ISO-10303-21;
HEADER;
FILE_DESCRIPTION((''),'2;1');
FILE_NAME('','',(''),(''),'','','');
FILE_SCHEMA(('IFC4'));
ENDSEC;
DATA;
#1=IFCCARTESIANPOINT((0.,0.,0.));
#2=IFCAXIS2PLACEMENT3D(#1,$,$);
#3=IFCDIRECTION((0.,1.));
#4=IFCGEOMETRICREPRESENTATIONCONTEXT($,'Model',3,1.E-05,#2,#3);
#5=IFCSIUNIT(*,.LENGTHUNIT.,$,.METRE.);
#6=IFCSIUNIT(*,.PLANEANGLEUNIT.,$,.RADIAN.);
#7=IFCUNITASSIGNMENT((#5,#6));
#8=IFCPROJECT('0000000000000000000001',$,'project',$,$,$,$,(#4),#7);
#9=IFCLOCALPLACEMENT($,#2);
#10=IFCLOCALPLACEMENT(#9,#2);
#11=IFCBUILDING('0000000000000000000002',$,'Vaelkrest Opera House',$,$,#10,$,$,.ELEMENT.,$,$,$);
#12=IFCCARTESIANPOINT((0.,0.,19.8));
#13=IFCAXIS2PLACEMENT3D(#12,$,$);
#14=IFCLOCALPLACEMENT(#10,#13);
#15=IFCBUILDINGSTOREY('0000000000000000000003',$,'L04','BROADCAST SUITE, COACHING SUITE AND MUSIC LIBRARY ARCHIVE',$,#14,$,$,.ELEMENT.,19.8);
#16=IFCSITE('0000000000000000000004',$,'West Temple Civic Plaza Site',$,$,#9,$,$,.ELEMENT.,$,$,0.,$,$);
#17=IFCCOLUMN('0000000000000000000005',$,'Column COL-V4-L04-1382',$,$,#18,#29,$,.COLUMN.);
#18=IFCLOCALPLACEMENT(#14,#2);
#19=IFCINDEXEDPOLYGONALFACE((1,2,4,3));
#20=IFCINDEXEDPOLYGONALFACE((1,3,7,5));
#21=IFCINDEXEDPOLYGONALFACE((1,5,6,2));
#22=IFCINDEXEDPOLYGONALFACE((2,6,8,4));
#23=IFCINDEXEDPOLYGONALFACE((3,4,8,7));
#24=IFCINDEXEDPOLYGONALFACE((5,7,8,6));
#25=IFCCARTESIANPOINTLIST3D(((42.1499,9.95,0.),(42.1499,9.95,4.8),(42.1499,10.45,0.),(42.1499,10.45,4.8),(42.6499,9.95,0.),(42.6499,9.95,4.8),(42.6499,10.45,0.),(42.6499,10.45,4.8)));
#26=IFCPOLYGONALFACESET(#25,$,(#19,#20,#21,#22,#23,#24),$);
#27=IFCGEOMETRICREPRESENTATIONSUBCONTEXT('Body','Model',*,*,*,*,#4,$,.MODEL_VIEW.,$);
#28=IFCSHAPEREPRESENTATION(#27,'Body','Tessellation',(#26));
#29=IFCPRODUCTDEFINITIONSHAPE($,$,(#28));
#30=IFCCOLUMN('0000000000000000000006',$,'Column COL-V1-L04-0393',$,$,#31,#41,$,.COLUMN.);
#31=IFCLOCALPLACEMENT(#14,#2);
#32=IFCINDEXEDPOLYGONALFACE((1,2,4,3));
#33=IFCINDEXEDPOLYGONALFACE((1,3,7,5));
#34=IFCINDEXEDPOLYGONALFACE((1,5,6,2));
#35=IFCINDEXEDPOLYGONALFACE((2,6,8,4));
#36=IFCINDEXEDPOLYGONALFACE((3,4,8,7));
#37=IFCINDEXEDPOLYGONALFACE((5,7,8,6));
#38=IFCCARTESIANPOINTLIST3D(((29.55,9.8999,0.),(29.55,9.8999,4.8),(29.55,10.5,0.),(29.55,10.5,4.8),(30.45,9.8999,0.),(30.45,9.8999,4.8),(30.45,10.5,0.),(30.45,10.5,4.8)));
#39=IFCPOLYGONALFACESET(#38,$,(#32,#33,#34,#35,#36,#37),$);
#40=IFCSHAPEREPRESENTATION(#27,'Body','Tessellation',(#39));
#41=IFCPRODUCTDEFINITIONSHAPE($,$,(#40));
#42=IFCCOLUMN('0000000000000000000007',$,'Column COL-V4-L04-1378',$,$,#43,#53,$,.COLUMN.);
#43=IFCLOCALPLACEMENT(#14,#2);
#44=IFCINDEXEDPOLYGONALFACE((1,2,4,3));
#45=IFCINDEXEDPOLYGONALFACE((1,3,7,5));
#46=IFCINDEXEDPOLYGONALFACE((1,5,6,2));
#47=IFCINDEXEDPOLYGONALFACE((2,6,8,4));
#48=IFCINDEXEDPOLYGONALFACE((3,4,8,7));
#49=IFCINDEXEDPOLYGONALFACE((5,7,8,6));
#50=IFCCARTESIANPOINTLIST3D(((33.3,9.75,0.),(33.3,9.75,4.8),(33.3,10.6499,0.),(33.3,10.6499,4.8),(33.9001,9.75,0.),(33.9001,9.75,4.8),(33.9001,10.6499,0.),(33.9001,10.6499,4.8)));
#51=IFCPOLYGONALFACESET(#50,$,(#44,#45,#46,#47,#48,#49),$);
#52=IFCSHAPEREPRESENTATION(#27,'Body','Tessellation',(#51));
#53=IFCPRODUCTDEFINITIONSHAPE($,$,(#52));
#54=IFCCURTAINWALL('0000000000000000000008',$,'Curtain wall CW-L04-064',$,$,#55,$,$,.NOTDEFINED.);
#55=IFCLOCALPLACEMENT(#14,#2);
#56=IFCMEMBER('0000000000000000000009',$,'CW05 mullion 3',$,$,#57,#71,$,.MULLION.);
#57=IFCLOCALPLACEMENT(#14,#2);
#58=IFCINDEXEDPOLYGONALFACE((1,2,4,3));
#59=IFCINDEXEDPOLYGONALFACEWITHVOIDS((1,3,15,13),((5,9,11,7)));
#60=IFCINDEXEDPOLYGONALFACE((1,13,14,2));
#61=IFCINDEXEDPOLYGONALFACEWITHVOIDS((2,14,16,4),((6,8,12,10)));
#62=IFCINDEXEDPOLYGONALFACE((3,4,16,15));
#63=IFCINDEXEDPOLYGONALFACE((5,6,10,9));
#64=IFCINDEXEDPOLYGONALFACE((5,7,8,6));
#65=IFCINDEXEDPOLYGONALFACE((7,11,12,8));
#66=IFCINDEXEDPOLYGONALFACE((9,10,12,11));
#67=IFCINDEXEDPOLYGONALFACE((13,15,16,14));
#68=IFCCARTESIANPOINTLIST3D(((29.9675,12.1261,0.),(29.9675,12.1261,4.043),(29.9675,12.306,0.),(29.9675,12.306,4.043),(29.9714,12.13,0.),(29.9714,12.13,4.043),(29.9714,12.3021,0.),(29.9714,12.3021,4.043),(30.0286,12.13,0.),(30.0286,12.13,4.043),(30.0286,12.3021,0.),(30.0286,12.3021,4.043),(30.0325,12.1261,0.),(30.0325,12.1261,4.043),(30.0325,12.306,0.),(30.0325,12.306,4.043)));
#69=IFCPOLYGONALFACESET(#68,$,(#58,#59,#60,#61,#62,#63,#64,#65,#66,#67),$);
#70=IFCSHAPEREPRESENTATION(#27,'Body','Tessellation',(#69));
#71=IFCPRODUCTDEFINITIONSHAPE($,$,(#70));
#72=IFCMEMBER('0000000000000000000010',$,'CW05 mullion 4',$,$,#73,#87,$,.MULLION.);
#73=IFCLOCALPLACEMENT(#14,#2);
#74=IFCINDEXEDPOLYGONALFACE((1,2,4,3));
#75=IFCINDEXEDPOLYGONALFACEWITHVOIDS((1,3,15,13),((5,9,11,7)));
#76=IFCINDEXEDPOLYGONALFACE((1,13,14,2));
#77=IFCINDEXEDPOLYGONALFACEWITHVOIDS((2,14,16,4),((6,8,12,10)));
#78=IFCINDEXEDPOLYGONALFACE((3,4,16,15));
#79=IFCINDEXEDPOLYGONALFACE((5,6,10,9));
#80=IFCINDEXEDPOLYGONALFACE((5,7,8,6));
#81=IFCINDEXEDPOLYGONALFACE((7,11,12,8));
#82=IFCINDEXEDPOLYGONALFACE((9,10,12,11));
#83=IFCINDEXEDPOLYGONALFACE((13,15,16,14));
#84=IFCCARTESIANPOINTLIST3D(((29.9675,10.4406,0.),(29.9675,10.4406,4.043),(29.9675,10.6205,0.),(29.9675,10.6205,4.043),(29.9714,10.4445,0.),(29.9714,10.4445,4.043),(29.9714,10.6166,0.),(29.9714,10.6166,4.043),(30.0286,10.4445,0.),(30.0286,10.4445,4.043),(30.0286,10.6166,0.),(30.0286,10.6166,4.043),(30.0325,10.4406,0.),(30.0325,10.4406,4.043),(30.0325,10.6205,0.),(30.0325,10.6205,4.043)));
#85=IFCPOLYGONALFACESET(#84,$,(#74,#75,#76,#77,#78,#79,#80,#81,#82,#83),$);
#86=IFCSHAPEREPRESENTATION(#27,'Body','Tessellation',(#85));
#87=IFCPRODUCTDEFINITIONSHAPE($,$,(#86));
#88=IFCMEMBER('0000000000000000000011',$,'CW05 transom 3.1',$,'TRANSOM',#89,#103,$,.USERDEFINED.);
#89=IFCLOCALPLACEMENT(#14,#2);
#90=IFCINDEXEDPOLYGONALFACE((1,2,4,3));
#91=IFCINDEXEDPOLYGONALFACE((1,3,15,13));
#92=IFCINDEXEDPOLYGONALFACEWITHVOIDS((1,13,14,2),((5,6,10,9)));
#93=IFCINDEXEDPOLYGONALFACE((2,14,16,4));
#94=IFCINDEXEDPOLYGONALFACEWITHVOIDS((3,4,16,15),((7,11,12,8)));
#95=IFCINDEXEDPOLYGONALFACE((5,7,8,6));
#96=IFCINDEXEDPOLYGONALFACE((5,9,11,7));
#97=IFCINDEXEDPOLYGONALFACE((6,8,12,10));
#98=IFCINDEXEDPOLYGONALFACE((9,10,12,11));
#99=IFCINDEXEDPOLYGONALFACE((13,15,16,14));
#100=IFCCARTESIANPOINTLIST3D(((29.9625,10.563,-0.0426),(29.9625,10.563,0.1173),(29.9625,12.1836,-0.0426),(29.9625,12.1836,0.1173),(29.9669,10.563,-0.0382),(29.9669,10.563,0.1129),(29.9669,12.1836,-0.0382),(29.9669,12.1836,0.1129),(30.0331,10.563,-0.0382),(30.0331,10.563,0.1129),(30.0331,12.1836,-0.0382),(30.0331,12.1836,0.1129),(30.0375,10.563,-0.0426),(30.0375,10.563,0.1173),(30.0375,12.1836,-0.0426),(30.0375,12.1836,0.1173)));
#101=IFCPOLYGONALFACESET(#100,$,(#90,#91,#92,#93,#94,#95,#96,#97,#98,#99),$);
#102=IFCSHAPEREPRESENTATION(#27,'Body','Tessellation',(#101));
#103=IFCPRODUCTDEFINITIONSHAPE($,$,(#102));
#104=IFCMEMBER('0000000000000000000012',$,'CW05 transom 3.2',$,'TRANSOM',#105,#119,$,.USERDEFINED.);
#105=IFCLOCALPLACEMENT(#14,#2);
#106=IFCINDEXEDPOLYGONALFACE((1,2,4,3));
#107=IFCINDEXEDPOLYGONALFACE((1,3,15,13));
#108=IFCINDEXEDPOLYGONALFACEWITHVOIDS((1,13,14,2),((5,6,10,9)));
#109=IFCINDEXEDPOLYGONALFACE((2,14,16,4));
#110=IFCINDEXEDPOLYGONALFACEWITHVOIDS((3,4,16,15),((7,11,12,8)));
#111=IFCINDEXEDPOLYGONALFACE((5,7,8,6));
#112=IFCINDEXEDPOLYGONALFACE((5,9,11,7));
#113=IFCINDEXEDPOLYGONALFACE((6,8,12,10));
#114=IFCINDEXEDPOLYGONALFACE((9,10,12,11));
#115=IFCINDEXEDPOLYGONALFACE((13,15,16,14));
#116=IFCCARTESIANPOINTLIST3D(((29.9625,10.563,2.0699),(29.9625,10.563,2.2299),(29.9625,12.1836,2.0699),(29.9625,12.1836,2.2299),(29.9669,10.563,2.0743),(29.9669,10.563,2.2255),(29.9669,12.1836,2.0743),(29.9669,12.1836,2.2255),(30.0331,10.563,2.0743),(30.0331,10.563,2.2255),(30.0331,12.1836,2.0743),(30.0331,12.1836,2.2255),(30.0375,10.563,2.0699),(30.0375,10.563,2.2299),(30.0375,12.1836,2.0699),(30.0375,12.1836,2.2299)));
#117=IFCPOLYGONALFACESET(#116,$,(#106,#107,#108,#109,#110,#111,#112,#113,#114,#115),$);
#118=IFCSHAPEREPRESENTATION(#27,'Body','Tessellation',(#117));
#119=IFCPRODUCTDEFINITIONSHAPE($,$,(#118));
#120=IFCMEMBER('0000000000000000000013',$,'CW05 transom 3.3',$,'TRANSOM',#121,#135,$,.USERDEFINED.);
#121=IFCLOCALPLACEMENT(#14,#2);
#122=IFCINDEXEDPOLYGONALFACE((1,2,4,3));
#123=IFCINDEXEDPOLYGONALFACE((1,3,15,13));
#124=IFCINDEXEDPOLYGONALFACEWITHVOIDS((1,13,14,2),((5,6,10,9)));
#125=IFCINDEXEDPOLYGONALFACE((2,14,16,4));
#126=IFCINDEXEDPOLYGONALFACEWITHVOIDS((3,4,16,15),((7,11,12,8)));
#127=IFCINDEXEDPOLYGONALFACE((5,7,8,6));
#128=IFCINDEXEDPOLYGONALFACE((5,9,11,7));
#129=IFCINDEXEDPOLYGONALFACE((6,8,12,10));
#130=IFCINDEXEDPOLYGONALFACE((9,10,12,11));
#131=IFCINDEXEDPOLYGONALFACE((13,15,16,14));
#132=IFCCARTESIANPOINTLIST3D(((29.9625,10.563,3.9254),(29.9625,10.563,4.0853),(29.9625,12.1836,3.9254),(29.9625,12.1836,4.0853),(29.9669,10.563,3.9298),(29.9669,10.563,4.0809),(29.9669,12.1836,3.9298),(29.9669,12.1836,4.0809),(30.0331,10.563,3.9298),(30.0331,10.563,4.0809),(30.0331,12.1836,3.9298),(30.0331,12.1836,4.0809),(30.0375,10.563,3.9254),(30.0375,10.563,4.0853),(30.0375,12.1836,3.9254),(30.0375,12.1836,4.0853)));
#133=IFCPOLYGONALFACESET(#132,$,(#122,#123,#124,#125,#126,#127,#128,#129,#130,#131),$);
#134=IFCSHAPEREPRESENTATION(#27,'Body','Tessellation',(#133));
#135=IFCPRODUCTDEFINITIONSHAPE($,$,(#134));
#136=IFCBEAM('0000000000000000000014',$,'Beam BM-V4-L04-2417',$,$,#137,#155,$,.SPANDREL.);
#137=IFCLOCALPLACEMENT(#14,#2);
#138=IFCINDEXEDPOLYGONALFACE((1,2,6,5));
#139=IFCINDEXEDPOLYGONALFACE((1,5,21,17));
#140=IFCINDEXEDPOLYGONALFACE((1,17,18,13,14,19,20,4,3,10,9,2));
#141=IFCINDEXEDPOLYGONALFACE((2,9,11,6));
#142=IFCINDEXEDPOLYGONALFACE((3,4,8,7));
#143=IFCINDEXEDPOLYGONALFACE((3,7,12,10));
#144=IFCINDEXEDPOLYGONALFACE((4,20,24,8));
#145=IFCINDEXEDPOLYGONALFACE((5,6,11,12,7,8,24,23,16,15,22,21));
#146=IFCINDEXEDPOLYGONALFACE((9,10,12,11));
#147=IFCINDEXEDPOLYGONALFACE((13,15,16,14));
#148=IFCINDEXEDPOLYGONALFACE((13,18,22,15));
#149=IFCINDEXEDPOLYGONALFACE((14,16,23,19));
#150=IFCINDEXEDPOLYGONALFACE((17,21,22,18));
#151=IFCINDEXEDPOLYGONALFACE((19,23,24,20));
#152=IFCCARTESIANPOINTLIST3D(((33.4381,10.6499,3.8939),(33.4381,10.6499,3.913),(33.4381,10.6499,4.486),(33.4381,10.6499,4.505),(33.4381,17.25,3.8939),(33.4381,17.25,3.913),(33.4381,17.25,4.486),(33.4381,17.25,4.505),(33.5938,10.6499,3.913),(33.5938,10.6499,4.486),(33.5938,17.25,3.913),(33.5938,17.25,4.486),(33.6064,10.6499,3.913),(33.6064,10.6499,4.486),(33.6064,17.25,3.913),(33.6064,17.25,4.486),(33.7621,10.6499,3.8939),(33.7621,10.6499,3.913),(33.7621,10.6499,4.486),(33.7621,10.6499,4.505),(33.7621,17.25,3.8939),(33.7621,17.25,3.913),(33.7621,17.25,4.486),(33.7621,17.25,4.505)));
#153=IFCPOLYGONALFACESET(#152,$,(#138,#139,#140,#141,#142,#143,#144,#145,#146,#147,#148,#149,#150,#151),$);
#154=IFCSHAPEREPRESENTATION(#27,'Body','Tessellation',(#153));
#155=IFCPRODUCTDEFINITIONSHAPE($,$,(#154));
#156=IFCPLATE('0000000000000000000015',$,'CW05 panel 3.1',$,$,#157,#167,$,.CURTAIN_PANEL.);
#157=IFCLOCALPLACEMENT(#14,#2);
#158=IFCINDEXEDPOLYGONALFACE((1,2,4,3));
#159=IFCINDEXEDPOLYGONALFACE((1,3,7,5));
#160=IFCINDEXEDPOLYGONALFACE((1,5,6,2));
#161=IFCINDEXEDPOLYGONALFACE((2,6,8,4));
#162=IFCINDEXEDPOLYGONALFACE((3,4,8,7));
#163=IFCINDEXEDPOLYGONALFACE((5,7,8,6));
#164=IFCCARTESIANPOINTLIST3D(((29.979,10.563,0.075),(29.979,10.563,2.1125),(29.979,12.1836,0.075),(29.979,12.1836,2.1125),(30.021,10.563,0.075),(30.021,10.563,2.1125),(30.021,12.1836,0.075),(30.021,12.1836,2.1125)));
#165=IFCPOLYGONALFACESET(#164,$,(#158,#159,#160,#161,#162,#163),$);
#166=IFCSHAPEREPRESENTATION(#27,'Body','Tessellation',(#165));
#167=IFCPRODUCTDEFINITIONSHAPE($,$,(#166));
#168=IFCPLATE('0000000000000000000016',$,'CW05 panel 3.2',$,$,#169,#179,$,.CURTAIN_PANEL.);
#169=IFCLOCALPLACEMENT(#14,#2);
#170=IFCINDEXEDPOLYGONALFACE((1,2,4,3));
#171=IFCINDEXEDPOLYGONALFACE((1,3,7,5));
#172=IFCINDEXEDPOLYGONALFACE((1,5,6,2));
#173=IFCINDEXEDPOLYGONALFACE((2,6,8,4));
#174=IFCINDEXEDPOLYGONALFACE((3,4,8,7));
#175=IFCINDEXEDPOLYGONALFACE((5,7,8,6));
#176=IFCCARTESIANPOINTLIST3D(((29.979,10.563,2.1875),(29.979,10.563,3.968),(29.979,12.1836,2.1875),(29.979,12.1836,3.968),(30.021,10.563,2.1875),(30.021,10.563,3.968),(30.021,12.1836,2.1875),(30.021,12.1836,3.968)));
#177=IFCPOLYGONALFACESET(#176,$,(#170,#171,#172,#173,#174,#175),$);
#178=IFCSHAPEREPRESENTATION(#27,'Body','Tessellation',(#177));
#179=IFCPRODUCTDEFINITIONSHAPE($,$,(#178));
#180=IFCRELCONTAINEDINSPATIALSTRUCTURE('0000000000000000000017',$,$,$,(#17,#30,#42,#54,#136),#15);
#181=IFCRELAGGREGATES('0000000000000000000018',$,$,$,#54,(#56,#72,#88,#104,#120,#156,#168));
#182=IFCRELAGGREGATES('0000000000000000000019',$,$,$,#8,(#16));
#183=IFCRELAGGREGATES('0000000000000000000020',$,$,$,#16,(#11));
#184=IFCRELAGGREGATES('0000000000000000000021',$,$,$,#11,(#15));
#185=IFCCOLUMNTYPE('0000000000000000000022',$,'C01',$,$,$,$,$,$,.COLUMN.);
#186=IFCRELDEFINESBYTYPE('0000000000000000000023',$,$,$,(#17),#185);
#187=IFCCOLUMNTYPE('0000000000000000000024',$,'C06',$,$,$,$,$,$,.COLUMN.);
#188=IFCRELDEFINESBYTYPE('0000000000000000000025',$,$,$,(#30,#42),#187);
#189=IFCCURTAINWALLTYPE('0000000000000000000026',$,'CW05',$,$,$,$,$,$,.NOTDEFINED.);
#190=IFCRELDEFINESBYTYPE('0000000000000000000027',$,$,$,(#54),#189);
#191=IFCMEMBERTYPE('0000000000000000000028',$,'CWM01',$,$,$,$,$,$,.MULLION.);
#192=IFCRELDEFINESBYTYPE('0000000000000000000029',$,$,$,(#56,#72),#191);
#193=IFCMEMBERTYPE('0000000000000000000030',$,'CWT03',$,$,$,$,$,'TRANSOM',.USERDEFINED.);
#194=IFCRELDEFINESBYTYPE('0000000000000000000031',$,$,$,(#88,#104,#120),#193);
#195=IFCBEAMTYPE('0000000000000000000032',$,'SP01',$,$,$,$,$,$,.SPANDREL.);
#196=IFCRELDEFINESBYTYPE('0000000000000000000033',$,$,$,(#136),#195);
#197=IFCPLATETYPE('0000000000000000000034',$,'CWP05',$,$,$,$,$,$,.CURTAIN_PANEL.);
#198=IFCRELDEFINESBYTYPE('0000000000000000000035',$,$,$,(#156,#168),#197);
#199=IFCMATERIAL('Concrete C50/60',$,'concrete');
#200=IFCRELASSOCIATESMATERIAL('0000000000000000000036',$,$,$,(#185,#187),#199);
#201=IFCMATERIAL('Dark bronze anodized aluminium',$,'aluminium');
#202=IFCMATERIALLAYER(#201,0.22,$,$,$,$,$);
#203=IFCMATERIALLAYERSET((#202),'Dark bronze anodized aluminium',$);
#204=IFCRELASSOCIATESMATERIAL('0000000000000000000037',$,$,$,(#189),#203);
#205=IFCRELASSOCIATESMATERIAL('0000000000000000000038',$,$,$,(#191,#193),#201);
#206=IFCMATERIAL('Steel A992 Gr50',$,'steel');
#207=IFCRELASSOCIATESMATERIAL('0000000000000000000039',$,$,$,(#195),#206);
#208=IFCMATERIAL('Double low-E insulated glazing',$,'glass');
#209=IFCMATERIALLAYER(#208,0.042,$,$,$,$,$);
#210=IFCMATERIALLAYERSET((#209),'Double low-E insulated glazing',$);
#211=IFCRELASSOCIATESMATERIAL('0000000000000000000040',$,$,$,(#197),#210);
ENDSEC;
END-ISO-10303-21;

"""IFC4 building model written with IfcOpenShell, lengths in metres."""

from ifc_helpers import new_model, si_unit, direction, frame, origin, origin_2d, place, context, subcontext, project, spatial, rectangle, hollow_rectangle, i_section, extrude, material, layer, layer_set, material_profile, profile_set, type_object, element, aggregate, save


model = new_model("IFC4")

# Units and contexts
model_context = context("Model", 3, precision=1e-05, world=origin(), true_north=direction((0.0, 1.0)))
body_context = subcontext(model_context, "Body", "Model", "MODEL_VIEW")
ifc_project = project(units=[si_unit("LENGTHUNIT", "METRE"), si_unit("PLANEANGLEUNIT", "RADIAN")], contexts=[model_context])

# Site, building, storey
site_placement = place(None, origin())
site = spatial("IfcSite", under=ifc_project, at=site_placement, Name="West Temple Civic Plaza Site", CompositionType="ELEMENT", RefElevation=0.0)
building_placement = place(site_placement, origin())
building = spatial("IfcBuilding", under=site, at=building_placement, Name="Vaelkrest Opera House", CompositionType="ELEMENT")
storey_placement = place(building_placement, frame((0.0, 0.0, 19.8)))
storey = spatial("IfcBuildingStorey", under=building, at=storey_placement, Name="L04", Description="BROADCAST SUITE, COACHING SUITE AND MUSIC LIBRARY ARCHIVE", CompositionType="ELEMENT", Elevation=19.8)

# Columns
ifc_material_1 = material(Name="Concrete C50/60", Category="concrete")
ifc_material_profile_1 = material_profile(ifc_material_1, rectangle(XDim=0.5, YDim=0.5, at=origin_2d()), Name="RC500X500")
ifc_profile_set_1 = profile_set([ifc_material_profile_1], Name="Concrete C50/60")
column_type_1 = type_object("IfcColumnType", Name="C01", PredefinedType="COLUMN", material=ifc_profile_set_1)
column_placement = place(storey_placement, frame((42.3999, 10.2, 0.0), z_axis=(0.0, 0.0, 1.0), x_axis=(1.0, 0.0, 0.0)))
element("IfcColumn", 1, at=column_placement, inside=storey, type_object=column_type_1, Name="Column COL-V4-L04-1382", PredefinedType="COLUMN", context=body_context, shape_type="SweptSolid", body=[
    extrude(rectangle(XDim=0.5, YDim=0.5, at=origin_2d()), origin(), (0.0, 0.0, 1.0), 4.8),
])
ifc_material_profile_2 = material_profile(ifc_material_1, rectangle(XDim=0.6001, YDim=0.8999, at=origin_2d()), Name="RC600X900")
ifc_profile_set_2 = profile_set([ifc_material_profile_2], Name="Concrete C50/60")
column_type_2 = type_object("IfcColumnType", Name="C06", PredefinedType="COLUMN", material=ifc_profile_set_2)
for number, where, z_axis, x_axis, name in (
    (2, (30.0, 10.2, 0.0), (0.0, 0.0, 1.0), (0.0, 1.0, 0.0), "Column COL-V1-L04-0393"),
    (3, (33.6001, 10.2, 0.0), (0.0, 0.0, 1.0), (1.0, 0.0, 0.0), "Column COL-V4-L04-1378"),
):
    element("IfcColumn", number, at=place(storey_placement, frame(where, z_axis=z_axis, x_axis=x_axis)), inside=storey, type_object=column_type_2, Name=name, PredefinedType="COLUMN", context=body_context, shape_type="SweptSolid", body=[
        extrude(rectangle(XDim=0.6001, YDim=0.8999, at=origin_2d()), origin(), (0.0, 0.0, 1.0), 4.8),
    ])

# Curtain wall, members
ifc_material_2 = material(Name="Dark bronze anodized aluminium", Category="aluminium")
ifc_layer_1 = layer(ifc_material_2, 0.22)
ifc_layer_set_1 = layer_set([ifc_layer_1], Name="Dark bronze anodized aluminium")
curtain_wall_type = type_object("IfcCurtainWallType", Name="CW05", PredefinedType="NOTDEFINED", material=ifc_layer_set_1)
curtain_wall_placement = place(storey_placement, origin())
curtain_wall = element("IfcCurtainWall", 4, at=curtain_wall_placement, inside=storey, type_object=curtain_wall_type, Name="Curtain wall CW-L04-064", PredefinedType="NOTDEFINED")
ifc_material_profile_3 = material_profile(ifc_material_2, hollow_rectangle(XDim=0.0649, YDim=0.1799, WallThickness=0.0039, at=origin_2d()), Name="CWM65X180")
ifc_profile_set_3 = profile_set([ifc_material_profile_3], Name="Dark bronze anodized aluminium")
member_type_1 = type_object("IfcMemberType", Name="CWM01", PredefinedType="MULLION", material=ifc_profile_set_3)
member_1_placement = place(storey_placement, frame((30.0, 12.2161, 0.0), z_axis=(0.0, 0.0, 1.0), x_axis=(1.0, 0.0, 0.0)))
member_1 = element("IfcMember", 5, at=member_1_placement, type_object=member_type_1, Name="CW05 mullion 3", PredefinedType="MULLION", context=body_context, shape_type="SweptSolid", body=[
    extrude(hollow_rectangle(XDim=0.0649, YDim=0.1799, WallThickness=0.0039, at=origin_2d()), origin(), (0.0, 0.0, 1.0), 4.043),
])
member_2_placement = place(storey_placement, frame((30.0, 10.5305, 0.0), z_axis=(0.0, 0.0, 1.0), x_axis=(1.0, 0.0, 0.0)))
member_2 = element("IfcMember", 6, at=member_2_placement, type_object=member_type_1, Name="CW05 mullion 4", PredefinedType="MULLION", context=body_context, shape_type="SweptSolid", body=[
    extrude(hollow_rectangle(XDim=0.0649, YDim=0.1799, WallThickness=0.0039, at=origin_2d()), origin(), (0.0, 0.0, 1.0), 4.043),
])
ifc_material_profile_4 = material_profile(ifc_material_2, hollow_rectangle(XDim=0.075, YDim=0.1599, WallThickness=0.0044, at=origin_2d()), Name="CWT75X160")
ifc_profile_set_4 = profile_set([ifc_material_profile_4], Name="Dark bronze anodized aluminium")
member_type_2 = type_object("IfcMemberType", Name="CWT03", ElementType="TRANSOM", PredefinedType="USERDEFINED", material=ifc_profile_set_4)
member_3_placement = place(storey_placement, frame((30.0, 12.1836, 0.0374), z_axis=(0.0, -1.0, 0.0), x_axis=(1.0, 0.0, 0.0)))
member_3 = element("IfcMember", 7, at=member_3_placement, type_object=member_type_2, Name="CW05 transom 3.1", ObjectType="TRANSOM", PredefinedType="USERDEFINED", context=body_context, shape_type="SweptSolid", body=[
    extrude(hollow_rectangle(XDim=0.075, YDim=0.1599, WallThickness=0.0044, at=origin_2d()), origin(), (0.0, 0.0, 1.0), 1.6206),
])
member_4_placement = place(storey_placement, frame((30.0, 12.1836, 2.1499), z_axis=(0.0, -1.0, 0.0), x_axis=(1.0, 0.0, 0.0)))
member_4 = element("IfcMember", 8, at=member_4_placement, type_object=member_type_2, Name="CW05 transom 3.2", ObjectType="TRANSOM", PredefinedType="USERDEFINED", context=body_context, shape_type="SweptSolid", body=[
    extrude(hollow_rectangle(XDim=0.075, YDim=0.1599, WallThickness=0.0044, at=origin_2d()), origin(), (0.0, 0.0, 1.0), 1.6206),
])
member_5_placement = place(storey_placement, frame((30.0, 12.1836, 4.0054), z_axis=(0.0, -1.0, 0.0), x_axis=(1.0, 0.0, 0.0)))
member_5 = element("IfcMember", 9, at=member_5_placement, type_object=member_type_2, Name="CW05 transom 3.3", ObjectType="TRANSOM", PredefinedType="USERDEFINED", context=body_context, shape_type="SweptSolid", body=[
    extrude(hollow_rectangle(XDim=0.075, YDim=0.1599, WallThickness=0.0044, at=origin_2d()), origin(), (0.0, 0.0, 1.0), 1.6206),
])

# Beam
ifc_material_3 = material(Name="Steel A992 Gr50", Category="steel")
ifc_material_profile_5 = material_profile(ifc_material_3, i_section(OverallWidth=0.324, OverallDepth=0.6111, WebThickness=0.0127, FlangeThickness=0.019, at=origin_2d()), Name="W24X104")
ifc_profile_set_5 = profile_set([ifc_material_profile_5], Name="Steel A992 Gr50")
beam_type = type_object("IfcBeamType", Name="SP01", PredefinedType="SPANDREL", material=ifc_profile_set_5)
beam_placement = place(storey_placement, frame((33.6001, 10.6499, 4.1995), z_axis=(0.0, 1.0, 0.0), x_axis=(-1.0, 0.0, 0.0)))
element("IfcBeam", 10, at=beam_placement, inside=storey, type_object=beam_type, Name="Beam BM-V4-L04-2417", PredefinedType="SPANDREL", context=body_context, shape_type="SweptSolid", body=[
    extrude(i_section(OverallWidth=0.324, OverallDepth=0.6111, WebThickness=0.0127, FlangeThickness=0.019, at=origin_2d()), origin(), (0.0, 0.0, 1.0), 6.6001),
])

# Plates
ifc_material_4 = material(Name="Double low-E insulated glazing", Category="glass")
ifc_layer_2 = layer(ifc_material_4, 0.042)
ifc_layer_set_2 = layer_set([ifc_layer_2], Name="Double low-E insulated glazing")
plate_type = type_object("IfcPlateType", Name="CWP05", PredefinedType="CURTAIN_PANEL", material=ifc_layer_set_2)
plate_1_placement = place(storey_placement, frame((30.0, 11.3733, 0.075), z_axis=(0.0, 0.0, 1.0), x_axis=(0.0, -1.0, 0.0)))
plate_1 = element("IfcPlate", 11, at=plate_1_placement, type_object=plate_type, Name="CW05 panel 3.1", PredefinedType="CURTAIN_PANEL", context=body_context, shape_type="SweptSolid", body=[
    extrude(rectangle(XDim=1.6206, YDim=0.042, at=origin_2d()), origin(), (0.0, 0.0, 1.0), 2.0376),
])
plate_2_placement = place(storey_placement, frame((30.0, 11.3733, 2.1875), z_axis=(0.0, 0.0, 1.0), x_axis=(0.0, -1.0, 0.0)))
plate_2 = element("IfcPlate", 12, at=plate_2_placement, type_object=plate_type, Name="CW05 panel 3.2", PredefinedType="CURTAIN_PANEL", context=body_context, shape_type="SweptSolid", body=[
    extrude(rectangle(XDim=1.6206, YDim=0.042, at=origin_2d()), origin(), (0.0, 0.0, 1.0), 1.7805),
])
aggregate(curtain_wall, [member_1, member_2, member_3, member_4, member_5, plate_1, plate_2])

save(model, "model.ifc")
